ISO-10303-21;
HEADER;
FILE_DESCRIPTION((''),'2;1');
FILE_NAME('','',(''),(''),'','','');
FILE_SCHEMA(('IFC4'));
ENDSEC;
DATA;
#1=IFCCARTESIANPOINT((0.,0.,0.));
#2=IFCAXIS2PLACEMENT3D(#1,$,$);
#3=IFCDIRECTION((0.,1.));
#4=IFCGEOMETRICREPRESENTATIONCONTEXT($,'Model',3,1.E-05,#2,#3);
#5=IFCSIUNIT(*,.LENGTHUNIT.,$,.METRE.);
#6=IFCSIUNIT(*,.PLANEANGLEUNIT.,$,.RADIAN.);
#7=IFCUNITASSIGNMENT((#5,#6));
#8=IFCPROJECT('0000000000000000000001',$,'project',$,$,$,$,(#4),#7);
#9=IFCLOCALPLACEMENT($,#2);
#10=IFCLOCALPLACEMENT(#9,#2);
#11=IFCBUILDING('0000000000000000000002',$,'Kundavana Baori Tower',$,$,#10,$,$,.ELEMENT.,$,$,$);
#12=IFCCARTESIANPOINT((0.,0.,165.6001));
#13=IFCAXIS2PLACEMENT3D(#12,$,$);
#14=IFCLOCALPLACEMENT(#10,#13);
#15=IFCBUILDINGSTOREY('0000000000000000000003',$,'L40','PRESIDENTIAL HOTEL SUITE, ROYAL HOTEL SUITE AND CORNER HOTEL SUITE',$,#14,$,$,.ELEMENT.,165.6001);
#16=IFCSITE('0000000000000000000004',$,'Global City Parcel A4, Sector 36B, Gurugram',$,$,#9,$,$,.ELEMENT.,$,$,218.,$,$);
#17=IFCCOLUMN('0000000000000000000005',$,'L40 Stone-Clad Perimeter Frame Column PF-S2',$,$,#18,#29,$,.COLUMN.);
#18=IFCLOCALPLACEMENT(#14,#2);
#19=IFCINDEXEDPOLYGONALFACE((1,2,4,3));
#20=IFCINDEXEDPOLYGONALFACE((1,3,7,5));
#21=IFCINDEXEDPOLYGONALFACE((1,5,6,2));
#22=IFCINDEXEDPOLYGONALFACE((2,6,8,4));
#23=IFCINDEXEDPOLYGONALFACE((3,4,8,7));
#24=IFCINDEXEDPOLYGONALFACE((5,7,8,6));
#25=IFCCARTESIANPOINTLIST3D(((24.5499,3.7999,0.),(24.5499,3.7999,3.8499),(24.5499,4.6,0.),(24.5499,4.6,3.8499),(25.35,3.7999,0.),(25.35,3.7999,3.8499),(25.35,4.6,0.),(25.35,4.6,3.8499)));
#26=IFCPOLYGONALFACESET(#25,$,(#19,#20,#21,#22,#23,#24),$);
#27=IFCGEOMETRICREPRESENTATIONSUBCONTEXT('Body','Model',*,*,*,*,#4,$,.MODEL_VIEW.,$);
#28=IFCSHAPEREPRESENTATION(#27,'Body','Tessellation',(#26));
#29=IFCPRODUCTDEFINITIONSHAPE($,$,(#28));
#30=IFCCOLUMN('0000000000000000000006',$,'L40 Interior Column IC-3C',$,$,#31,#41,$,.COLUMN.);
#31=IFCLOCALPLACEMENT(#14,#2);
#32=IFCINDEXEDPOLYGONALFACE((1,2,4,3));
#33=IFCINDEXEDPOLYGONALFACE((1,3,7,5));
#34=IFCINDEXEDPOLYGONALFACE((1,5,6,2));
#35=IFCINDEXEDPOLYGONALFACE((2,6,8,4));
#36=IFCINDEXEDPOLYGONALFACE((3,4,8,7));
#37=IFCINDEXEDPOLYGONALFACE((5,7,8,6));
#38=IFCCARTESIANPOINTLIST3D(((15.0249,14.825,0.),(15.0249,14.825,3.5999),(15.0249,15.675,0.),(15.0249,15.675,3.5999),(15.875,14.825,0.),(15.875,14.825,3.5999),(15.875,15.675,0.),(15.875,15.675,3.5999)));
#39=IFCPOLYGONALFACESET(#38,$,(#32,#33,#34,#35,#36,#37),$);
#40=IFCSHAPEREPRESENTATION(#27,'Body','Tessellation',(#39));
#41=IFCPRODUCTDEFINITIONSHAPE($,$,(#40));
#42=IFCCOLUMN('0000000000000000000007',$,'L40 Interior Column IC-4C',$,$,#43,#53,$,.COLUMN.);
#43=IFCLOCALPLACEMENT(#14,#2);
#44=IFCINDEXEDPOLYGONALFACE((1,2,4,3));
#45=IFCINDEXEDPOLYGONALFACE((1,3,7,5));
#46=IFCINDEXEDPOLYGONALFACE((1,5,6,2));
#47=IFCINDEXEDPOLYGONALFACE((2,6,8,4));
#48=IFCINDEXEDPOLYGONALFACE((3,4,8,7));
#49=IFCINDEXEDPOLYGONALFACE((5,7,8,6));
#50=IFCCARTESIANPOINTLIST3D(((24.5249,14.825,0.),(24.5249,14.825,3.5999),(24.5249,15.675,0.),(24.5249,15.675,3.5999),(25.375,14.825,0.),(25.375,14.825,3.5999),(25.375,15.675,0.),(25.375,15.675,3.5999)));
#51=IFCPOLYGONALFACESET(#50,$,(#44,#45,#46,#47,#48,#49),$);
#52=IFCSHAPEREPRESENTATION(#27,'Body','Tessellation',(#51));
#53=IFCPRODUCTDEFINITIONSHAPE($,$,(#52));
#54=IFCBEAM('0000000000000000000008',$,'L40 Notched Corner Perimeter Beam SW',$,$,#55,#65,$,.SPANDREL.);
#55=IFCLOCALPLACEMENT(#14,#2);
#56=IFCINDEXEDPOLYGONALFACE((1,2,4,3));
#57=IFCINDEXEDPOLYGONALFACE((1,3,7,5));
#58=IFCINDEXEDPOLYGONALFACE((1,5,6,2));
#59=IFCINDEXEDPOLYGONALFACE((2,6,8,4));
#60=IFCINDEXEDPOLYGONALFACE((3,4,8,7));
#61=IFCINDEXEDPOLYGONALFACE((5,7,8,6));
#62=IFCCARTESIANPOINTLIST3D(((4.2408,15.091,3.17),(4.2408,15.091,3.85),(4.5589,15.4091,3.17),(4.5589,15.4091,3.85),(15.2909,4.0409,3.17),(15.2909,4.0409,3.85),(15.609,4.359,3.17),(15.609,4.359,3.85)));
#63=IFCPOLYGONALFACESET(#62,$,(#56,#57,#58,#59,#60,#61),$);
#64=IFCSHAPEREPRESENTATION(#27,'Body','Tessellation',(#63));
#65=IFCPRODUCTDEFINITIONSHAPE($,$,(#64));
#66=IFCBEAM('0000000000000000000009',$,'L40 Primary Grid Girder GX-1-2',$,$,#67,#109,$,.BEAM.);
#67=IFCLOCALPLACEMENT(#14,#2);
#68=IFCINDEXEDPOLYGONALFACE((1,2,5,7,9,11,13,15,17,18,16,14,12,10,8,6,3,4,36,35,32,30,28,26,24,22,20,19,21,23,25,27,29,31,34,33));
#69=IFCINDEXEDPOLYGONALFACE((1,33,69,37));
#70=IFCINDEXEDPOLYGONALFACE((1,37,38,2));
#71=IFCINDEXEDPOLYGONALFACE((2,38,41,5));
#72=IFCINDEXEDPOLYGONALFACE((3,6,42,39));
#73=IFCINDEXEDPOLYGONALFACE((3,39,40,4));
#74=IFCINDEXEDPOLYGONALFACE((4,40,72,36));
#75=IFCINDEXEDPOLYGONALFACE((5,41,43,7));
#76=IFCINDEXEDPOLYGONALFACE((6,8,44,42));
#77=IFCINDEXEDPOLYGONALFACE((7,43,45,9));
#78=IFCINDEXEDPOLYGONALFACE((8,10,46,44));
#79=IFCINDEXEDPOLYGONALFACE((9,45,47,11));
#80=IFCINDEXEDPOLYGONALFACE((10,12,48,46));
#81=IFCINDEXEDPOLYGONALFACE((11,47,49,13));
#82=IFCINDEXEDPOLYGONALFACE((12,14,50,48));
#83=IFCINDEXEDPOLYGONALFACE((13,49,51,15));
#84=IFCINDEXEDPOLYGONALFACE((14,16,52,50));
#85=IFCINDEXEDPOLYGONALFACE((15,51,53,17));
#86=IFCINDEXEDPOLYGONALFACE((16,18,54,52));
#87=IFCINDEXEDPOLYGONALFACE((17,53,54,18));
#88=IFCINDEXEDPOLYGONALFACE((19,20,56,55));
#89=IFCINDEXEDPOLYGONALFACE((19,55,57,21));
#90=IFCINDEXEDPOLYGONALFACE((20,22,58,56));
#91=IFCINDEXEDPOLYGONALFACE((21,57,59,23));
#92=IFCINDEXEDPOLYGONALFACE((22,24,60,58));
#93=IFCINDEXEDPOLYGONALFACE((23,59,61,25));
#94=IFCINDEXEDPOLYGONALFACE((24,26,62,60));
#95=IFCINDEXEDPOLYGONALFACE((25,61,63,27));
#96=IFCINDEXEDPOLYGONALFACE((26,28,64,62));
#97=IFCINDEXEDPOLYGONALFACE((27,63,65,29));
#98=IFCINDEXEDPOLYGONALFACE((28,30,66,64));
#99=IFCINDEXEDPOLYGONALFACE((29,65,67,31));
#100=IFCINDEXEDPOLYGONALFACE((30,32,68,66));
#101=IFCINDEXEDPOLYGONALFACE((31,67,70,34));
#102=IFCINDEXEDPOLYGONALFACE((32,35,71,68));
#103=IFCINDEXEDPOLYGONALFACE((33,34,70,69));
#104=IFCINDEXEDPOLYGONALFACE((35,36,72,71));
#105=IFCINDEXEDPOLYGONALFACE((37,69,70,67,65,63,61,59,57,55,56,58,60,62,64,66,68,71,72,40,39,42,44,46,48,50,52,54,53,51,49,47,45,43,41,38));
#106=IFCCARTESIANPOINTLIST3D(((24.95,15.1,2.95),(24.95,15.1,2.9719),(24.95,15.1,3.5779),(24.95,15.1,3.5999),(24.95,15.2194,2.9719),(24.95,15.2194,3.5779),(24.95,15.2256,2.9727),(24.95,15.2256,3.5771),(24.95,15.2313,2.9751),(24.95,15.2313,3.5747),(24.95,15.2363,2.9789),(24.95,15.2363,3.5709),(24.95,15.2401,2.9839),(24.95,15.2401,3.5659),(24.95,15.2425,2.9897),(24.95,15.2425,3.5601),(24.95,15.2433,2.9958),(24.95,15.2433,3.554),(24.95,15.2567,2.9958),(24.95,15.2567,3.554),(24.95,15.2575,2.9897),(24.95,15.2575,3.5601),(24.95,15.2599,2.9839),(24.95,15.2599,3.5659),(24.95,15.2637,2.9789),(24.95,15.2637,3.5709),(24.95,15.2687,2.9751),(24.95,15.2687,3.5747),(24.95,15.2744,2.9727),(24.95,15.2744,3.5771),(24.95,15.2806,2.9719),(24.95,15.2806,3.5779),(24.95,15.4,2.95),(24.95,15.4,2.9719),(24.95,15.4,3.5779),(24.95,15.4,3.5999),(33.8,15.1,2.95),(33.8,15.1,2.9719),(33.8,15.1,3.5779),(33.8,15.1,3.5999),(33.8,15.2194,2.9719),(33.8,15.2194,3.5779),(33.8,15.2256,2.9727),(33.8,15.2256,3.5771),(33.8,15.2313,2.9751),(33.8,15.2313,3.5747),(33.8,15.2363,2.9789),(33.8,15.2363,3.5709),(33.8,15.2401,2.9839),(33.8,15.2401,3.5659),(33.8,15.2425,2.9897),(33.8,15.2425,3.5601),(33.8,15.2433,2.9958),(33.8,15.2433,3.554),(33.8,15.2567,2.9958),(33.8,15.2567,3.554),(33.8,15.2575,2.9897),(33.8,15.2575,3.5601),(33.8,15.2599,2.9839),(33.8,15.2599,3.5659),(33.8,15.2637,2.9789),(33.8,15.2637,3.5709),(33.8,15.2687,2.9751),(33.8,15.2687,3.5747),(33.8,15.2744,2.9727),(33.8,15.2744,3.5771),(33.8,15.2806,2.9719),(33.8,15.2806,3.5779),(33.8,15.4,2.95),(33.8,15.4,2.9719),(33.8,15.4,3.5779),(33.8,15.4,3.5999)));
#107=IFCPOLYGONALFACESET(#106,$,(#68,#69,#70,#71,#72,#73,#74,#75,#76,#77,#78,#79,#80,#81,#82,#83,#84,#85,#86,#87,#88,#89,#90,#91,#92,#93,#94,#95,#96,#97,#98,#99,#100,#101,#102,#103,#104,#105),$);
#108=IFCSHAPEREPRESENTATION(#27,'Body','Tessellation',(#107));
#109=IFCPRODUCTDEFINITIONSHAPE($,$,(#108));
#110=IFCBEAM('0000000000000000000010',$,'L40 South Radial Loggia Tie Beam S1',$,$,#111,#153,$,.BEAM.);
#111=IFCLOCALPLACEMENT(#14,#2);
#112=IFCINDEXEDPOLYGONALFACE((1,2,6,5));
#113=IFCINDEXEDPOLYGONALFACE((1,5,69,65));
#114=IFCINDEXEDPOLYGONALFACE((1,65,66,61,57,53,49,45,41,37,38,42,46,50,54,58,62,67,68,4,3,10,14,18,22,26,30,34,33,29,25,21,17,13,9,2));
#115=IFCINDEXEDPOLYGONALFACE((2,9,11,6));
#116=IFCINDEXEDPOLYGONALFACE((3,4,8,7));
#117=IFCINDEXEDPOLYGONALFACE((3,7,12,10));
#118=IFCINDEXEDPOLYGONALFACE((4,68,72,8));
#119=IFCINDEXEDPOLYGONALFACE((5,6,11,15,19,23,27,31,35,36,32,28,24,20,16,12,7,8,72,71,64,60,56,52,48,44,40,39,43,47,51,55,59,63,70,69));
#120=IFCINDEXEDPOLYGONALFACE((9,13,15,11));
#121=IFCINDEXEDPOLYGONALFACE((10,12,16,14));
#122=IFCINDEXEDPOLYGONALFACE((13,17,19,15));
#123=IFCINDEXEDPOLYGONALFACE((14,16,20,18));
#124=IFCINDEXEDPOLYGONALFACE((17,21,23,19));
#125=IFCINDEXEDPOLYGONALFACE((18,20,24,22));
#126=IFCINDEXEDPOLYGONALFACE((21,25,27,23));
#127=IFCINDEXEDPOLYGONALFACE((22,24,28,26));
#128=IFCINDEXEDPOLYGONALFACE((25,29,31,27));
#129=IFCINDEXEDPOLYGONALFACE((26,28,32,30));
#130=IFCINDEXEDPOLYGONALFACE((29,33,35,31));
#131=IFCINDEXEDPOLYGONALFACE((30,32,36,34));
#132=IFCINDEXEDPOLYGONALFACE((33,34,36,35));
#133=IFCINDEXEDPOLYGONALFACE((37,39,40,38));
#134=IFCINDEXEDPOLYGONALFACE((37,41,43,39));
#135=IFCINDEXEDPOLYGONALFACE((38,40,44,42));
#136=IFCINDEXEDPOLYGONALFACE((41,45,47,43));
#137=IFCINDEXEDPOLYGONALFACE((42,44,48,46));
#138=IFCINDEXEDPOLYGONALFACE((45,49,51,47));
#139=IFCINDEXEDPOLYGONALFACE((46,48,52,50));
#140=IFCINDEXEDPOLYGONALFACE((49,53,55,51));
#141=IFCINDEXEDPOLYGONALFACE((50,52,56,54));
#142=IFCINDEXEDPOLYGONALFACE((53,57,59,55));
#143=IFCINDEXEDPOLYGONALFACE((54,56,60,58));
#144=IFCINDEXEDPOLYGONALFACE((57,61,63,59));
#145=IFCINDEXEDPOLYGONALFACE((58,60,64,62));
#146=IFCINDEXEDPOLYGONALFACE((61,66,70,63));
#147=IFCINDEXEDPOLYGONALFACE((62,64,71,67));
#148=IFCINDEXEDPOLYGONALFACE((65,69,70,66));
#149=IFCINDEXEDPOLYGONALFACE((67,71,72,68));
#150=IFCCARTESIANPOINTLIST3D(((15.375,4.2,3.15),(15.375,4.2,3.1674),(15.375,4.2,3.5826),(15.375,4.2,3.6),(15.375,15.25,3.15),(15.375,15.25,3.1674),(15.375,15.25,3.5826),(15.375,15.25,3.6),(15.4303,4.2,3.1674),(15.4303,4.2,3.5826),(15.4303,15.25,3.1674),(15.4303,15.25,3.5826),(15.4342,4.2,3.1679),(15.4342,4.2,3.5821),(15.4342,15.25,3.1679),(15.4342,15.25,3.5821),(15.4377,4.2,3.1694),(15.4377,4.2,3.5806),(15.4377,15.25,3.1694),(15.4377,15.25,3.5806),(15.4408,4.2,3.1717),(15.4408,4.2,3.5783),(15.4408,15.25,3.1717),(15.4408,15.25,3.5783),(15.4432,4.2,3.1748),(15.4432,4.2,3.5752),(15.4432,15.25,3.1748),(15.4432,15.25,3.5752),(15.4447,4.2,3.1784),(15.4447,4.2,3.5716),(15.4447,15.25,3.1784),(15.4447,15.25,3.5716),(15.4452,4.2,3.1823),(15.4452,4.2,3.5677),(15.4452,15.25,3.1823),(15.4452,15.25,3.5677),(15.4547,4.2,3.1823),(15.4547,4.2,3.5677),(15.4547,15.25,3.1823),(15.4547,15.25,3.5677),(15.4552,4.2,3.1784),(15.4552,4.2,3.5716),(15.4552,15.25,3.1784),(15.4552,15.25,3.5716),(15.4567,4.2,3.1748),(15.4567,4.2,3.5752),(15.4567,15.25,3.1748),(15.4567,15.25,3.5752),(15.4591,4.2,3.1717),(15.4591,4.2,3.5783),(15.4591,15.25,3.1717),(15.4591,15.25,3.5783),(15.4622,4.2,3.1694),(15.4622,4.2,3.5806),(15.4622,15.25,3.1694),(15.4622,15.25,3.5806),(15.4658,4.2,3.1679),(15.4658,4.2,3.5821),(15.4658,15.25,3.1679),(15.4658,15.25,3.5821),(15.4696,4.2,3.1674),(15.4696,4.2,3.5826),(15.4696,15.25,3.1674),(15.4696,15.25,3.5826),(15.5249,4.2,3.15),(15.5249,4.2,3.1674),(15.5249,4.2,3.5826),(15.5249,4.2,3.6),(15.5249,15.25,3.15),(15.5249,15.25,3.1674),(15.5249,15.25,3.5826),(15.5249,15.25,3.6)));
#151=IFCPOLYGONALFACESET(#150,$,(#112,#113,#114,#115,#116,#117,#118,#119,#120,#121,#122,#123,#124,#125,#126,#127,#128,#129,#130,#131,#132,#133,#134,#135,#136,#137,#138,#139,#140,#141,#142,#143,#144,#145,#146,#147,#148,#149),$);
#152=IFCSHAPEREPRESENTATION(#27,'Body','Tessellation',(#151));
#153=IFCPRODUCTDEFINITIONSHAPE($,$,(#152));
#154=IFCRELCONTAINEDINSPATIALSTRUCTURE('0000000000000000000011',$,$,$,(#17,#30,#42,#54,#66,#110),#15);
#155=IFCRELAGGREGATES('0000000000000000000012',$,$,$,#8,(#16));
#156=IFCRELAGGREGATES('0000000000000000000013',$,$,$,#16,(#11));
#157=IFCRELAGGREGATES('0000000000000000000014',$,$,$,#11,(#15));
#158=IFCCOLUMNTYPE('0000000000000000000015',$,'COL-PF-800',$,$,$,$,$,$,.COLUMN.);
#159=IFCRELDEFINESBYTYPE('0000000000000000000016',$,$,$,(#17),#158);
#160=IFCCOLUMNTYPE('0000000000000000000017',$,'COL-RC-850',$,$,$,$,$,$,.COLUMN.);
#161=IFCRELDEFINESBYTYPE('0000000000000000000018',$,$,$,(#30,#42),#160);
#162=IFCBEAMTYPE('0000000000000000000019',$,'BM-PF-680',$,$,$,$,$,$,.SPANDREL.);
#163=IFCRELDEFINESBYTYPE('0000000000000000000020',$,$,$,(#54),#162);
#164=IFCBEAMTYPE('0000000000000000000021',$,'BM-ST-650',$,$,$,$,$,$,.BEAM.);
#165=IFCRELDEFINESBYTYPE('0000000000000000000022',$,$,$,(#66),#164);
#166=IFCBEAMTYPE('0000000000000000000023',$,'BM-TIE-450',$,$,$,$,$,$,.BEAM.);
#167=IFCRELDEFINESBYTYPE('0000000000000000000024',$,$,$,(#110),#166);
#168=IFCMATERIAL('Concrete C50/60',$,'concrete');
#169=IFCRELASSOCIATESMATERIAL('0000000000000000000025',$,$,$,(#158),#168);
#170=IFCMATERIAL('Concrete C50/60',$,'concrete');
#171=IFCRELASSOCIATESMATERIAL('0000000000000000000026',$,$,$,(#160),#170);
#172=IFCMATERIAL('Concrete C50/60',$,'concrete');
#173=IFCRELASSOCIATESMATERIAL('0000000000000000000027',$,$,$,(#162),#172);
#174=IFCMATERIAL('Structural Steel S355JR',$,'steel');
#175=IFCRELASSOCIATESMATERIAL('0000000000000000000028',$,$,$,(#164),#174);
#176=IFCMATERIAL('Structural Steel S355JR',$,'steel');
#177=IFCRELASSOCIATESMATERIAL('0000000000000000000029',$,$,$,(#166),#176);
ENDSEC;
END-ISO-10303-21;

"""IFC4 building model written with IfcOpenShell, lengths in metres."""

from ifc_helpers import new_model, si_unit, direction, frame, origin, origin_2d, place, context, subcontext, project, spatial, rectangle, i_section, extrude, material, material_profile, profile_set, type_object, element, save


model = new_model("IFC4")

# Units and contexts
model_context = context("Model", 3, precision=1e-05, world=origin(), true_north=direction((0.0, 1.0)))
body_context = subcontext(model_context, "Body", "Model", "MODEL_VIEW")
ifc_project = project(units=[si_unit("LENGTHUNIT", "METRE"), si_unit("PLANEANGLEUNIT", "RADIAN")], contexts=[model_context])

# Site, building, storey
site_placement = place(None, origin())
site = spatial("IfcSite", under=ifc_project, at=site_placement, Name="Global City Parcel A4, Sector 36B, Gurugram", CompositionType="ELEMENT", RefElevation=218.0)
building_placement = place(site_placement, origin())
building = spatial("IfcBuilding", under=site, at=building_placement, Name="Kundavana Baori Tower", CompositionType="ELEMENT")
storey_placement = place(building_placement, frame((0.0, 0.0, 165.6001)))
storey = spatial("IfcBuildingStorey", under=building, at=storey_placement, Name="L40", Description="PRESIDENTIAL HOTEL SUITE, ROYAL HOTEL SUITE AND CORNER HOTEL SUITE", CompositionType="ELEMENT", Elevation=165.6001)

# Columns
ifc_material_1 = material(Name="Concrete C50/60", Category="concrete")
ifc_material_profile_1 = material_profile(ifc_material_1, rectangle(XDim=0.8, YDim=0.8, at=origin_2d()), Name="RC PF 800x800")
ifc_profile_set_1 = profile_set([ifc_material_profile_1], Name="Concrete C50/60")
column_type_1 = type_object("IfcColumnType", Name="COL-PF-800", PredefinedType="COLUMN", material=ifc_profile_set_1)
column_placement = place(storey_placement, frame((24.95, 4.2, 0.0), z_axis=(0.0, 0.0, 1.0), x_axis=(1.0, 0.0, 0.0)))
element("IfcColumn", 1, at=column_placement, inside=storey, type_object=column_type_1, Name="L40 Stone-Clad Perimeter Frame Column PF-S2", PredefinedType="COLUMN", context=body_context, shape_type="SweptSolid", body=[
    extrude(rectangle(XDim=0.8, YDim=0.8, at=origin_2d()), origin(), (0.0, 0.0, 1.0), 3.8499),
])
ifc_material_2 = material(Name="Concrete C50/60", Category="concrete")
ifc_material_profile_2 = material_profile(ifc_material_2, rectangle(XDim=0.8501, YDim=0.8501, at=origin_2d()), Name="RC 850x850")
ifc_profile_set_2 = profile_set([ifc_material_profile_2], Name="Concrete C50/60")
column_type_2 = type_object("IfcColumnType", Name="COL-RC-850", PredefinedType="COLUMN", material=ifc_profile_set_2)
for number, where, z_axis, x_axis, name in (
    (2, (15.45, 15.25, 0.0), (0.0, 0.0, 1.0), (1.0, 0.0, 0.0), "L40 Interior Column IC-3C"),
    (3, (24.95, 15.25, 0.0), (0.0, 0.0, 1.0), (1.0, 0.0, 0.0), "L40 Interior Column IC-4C"),
):
    element("IfcColumn", number, at=place(storey_placement, frame(where, z_axis=z_axis, x_axis=x_axis)), inside=storey, type_object=column_type_2, Name=name, PredefinedType="COLUMN", context=body_context, shape_type="SweptSolid", body=[
        extrude(rectangle(XDim=0.8501, YDim=0.8501, at=origin_2d()), origin(), (0.0, 0.0, 1.0), 3.5999),
    ])

# Beams
ifc_material_3 = material(Name="Concrete C50/60", Category="concrete")
ifc_material_profile_3 = material_profile(ifc_material_3, rectangle(XDim=0.45, YDim=0.6799, at=origin_2d()), Name="RC BM 450x680")
ifc_profile_set_3 = profile_set([ifc_material_profile_3], Name="Concrete C50/60")
beam_type_1 = type_object("IfcBeamType", Name="BM-PF-680", PredefinedType="SPANDREL", material=ifc_profile_set_3)
beam_1_placement = place(storey_placement, frame((15.45, 4.2, 3.51), z_axis=(-0.707107, 0.707107, 0.0), x_axis=(-0.707107, -0.707107, 0.0)))
element("IfcBeam", 4, at=beam_1_placement, inside=storey, type_object=beam_type_1, Name="L40 Notched Corner Perimeter Beam SW", PredefinedType="SPANDREL", context=body_context, shape_type="SweptSolid", body=[
    extrude(rectangle(XDim=0.45, YDim=0.6799, at=origin_2d()), origin(), (0.0, 0.0, 1.0), 15.6272),
])
ifc_material_4 = material(Name="Structural Steel S355JR", Category="steel")
ifc_material_profile_4 = material_profile(ifc_material_4, i_section(OverallWidth=0.3, OverallDepth=0.6499, WebThickness=0.0134, FlangeThickness=0.022, FilletRadius=0.0239, at=origin_2d()), Name="NPB 650x300x155")
ifc_profile_set_4 = profile_set([ifc_material_profile_4], Name="Structural Steel S355JR")
beam_type_2 = type_object("IfcBeamType", Name="BM-ST-650", PredefinedType="BEAM", material=ifc_profile_set_4)
beam_2_placement = place(storey_placement, frame((24.95, 15.25, 3.2749), z_axis=(1.0, 0.0, 0.0), x_axis=(0.0, 1.0, 0.0)))
element("IfcBeam", 5, at=beam_2_placement, inside=storey, type_object=beam_type_2, Name="L40 Primary Grid Girder GX-1-2", PredefinedType="BEAM", context=body_context, shape_type="SweptSolid", body=[
    extrude(i_section(OverallWidth=0.3, OverallDepth=0.6499, WebThickness=0.0134, FlangeThickness=0.022, FilletRadius=0.0239, at=origin_2d()), origin(), (0.0, 0.0, 1.0), 8.8501),
])
ifc_material_5 = material(Name="Structural Steel S355JR", Category="steel")
ifc_material_profile_5 = material_profile(ifc_material_5, i_section(OverallWidth=0.1499, OverallDepth=0.45, WebThickness=0.0095, FlangeThickness=0.0173, FilletRadius=0.0149, at=origin_2d()), Name="ISMB 450")
ifc_profile_set_5 = profile_set([ifc_material_profile_5], Name="Structural Steel S355JR")
beam_type_3 = type_object("IfcBeamType", Name="BM-TIE-450", PredefinedType="BEAM", material=ifc_profile_set_5)
for number, where, z_axis, x_axis, name in (
    (6, (15.45, 15.25, 3.375), (0.0, -1.0, 0.0), (1.0, 0.0, 0.0), "L40 South Radial Loggia Tie Beam S1"),
):
    element("IfcBeam", number, at=place(storey_placement, frame(where, z_axis=z_axis, x_axis=x_axis)), inside=storey, type_object=beam_type_3, Name=name, PredefinedType="BEAM", context=body_context, shape_type="SweptSolid", body=[
        extrude(i_section(OverallWidth=0.1499, OverallDepth=0.45, WebThickness=0.0095, FlangeThickness=0.0173, FilletRadius=0.0149, at=origin_2d()), origin(), (0.0, 0.0, 1.0), 11.05),
    ])

save(model, "model.ifc")
